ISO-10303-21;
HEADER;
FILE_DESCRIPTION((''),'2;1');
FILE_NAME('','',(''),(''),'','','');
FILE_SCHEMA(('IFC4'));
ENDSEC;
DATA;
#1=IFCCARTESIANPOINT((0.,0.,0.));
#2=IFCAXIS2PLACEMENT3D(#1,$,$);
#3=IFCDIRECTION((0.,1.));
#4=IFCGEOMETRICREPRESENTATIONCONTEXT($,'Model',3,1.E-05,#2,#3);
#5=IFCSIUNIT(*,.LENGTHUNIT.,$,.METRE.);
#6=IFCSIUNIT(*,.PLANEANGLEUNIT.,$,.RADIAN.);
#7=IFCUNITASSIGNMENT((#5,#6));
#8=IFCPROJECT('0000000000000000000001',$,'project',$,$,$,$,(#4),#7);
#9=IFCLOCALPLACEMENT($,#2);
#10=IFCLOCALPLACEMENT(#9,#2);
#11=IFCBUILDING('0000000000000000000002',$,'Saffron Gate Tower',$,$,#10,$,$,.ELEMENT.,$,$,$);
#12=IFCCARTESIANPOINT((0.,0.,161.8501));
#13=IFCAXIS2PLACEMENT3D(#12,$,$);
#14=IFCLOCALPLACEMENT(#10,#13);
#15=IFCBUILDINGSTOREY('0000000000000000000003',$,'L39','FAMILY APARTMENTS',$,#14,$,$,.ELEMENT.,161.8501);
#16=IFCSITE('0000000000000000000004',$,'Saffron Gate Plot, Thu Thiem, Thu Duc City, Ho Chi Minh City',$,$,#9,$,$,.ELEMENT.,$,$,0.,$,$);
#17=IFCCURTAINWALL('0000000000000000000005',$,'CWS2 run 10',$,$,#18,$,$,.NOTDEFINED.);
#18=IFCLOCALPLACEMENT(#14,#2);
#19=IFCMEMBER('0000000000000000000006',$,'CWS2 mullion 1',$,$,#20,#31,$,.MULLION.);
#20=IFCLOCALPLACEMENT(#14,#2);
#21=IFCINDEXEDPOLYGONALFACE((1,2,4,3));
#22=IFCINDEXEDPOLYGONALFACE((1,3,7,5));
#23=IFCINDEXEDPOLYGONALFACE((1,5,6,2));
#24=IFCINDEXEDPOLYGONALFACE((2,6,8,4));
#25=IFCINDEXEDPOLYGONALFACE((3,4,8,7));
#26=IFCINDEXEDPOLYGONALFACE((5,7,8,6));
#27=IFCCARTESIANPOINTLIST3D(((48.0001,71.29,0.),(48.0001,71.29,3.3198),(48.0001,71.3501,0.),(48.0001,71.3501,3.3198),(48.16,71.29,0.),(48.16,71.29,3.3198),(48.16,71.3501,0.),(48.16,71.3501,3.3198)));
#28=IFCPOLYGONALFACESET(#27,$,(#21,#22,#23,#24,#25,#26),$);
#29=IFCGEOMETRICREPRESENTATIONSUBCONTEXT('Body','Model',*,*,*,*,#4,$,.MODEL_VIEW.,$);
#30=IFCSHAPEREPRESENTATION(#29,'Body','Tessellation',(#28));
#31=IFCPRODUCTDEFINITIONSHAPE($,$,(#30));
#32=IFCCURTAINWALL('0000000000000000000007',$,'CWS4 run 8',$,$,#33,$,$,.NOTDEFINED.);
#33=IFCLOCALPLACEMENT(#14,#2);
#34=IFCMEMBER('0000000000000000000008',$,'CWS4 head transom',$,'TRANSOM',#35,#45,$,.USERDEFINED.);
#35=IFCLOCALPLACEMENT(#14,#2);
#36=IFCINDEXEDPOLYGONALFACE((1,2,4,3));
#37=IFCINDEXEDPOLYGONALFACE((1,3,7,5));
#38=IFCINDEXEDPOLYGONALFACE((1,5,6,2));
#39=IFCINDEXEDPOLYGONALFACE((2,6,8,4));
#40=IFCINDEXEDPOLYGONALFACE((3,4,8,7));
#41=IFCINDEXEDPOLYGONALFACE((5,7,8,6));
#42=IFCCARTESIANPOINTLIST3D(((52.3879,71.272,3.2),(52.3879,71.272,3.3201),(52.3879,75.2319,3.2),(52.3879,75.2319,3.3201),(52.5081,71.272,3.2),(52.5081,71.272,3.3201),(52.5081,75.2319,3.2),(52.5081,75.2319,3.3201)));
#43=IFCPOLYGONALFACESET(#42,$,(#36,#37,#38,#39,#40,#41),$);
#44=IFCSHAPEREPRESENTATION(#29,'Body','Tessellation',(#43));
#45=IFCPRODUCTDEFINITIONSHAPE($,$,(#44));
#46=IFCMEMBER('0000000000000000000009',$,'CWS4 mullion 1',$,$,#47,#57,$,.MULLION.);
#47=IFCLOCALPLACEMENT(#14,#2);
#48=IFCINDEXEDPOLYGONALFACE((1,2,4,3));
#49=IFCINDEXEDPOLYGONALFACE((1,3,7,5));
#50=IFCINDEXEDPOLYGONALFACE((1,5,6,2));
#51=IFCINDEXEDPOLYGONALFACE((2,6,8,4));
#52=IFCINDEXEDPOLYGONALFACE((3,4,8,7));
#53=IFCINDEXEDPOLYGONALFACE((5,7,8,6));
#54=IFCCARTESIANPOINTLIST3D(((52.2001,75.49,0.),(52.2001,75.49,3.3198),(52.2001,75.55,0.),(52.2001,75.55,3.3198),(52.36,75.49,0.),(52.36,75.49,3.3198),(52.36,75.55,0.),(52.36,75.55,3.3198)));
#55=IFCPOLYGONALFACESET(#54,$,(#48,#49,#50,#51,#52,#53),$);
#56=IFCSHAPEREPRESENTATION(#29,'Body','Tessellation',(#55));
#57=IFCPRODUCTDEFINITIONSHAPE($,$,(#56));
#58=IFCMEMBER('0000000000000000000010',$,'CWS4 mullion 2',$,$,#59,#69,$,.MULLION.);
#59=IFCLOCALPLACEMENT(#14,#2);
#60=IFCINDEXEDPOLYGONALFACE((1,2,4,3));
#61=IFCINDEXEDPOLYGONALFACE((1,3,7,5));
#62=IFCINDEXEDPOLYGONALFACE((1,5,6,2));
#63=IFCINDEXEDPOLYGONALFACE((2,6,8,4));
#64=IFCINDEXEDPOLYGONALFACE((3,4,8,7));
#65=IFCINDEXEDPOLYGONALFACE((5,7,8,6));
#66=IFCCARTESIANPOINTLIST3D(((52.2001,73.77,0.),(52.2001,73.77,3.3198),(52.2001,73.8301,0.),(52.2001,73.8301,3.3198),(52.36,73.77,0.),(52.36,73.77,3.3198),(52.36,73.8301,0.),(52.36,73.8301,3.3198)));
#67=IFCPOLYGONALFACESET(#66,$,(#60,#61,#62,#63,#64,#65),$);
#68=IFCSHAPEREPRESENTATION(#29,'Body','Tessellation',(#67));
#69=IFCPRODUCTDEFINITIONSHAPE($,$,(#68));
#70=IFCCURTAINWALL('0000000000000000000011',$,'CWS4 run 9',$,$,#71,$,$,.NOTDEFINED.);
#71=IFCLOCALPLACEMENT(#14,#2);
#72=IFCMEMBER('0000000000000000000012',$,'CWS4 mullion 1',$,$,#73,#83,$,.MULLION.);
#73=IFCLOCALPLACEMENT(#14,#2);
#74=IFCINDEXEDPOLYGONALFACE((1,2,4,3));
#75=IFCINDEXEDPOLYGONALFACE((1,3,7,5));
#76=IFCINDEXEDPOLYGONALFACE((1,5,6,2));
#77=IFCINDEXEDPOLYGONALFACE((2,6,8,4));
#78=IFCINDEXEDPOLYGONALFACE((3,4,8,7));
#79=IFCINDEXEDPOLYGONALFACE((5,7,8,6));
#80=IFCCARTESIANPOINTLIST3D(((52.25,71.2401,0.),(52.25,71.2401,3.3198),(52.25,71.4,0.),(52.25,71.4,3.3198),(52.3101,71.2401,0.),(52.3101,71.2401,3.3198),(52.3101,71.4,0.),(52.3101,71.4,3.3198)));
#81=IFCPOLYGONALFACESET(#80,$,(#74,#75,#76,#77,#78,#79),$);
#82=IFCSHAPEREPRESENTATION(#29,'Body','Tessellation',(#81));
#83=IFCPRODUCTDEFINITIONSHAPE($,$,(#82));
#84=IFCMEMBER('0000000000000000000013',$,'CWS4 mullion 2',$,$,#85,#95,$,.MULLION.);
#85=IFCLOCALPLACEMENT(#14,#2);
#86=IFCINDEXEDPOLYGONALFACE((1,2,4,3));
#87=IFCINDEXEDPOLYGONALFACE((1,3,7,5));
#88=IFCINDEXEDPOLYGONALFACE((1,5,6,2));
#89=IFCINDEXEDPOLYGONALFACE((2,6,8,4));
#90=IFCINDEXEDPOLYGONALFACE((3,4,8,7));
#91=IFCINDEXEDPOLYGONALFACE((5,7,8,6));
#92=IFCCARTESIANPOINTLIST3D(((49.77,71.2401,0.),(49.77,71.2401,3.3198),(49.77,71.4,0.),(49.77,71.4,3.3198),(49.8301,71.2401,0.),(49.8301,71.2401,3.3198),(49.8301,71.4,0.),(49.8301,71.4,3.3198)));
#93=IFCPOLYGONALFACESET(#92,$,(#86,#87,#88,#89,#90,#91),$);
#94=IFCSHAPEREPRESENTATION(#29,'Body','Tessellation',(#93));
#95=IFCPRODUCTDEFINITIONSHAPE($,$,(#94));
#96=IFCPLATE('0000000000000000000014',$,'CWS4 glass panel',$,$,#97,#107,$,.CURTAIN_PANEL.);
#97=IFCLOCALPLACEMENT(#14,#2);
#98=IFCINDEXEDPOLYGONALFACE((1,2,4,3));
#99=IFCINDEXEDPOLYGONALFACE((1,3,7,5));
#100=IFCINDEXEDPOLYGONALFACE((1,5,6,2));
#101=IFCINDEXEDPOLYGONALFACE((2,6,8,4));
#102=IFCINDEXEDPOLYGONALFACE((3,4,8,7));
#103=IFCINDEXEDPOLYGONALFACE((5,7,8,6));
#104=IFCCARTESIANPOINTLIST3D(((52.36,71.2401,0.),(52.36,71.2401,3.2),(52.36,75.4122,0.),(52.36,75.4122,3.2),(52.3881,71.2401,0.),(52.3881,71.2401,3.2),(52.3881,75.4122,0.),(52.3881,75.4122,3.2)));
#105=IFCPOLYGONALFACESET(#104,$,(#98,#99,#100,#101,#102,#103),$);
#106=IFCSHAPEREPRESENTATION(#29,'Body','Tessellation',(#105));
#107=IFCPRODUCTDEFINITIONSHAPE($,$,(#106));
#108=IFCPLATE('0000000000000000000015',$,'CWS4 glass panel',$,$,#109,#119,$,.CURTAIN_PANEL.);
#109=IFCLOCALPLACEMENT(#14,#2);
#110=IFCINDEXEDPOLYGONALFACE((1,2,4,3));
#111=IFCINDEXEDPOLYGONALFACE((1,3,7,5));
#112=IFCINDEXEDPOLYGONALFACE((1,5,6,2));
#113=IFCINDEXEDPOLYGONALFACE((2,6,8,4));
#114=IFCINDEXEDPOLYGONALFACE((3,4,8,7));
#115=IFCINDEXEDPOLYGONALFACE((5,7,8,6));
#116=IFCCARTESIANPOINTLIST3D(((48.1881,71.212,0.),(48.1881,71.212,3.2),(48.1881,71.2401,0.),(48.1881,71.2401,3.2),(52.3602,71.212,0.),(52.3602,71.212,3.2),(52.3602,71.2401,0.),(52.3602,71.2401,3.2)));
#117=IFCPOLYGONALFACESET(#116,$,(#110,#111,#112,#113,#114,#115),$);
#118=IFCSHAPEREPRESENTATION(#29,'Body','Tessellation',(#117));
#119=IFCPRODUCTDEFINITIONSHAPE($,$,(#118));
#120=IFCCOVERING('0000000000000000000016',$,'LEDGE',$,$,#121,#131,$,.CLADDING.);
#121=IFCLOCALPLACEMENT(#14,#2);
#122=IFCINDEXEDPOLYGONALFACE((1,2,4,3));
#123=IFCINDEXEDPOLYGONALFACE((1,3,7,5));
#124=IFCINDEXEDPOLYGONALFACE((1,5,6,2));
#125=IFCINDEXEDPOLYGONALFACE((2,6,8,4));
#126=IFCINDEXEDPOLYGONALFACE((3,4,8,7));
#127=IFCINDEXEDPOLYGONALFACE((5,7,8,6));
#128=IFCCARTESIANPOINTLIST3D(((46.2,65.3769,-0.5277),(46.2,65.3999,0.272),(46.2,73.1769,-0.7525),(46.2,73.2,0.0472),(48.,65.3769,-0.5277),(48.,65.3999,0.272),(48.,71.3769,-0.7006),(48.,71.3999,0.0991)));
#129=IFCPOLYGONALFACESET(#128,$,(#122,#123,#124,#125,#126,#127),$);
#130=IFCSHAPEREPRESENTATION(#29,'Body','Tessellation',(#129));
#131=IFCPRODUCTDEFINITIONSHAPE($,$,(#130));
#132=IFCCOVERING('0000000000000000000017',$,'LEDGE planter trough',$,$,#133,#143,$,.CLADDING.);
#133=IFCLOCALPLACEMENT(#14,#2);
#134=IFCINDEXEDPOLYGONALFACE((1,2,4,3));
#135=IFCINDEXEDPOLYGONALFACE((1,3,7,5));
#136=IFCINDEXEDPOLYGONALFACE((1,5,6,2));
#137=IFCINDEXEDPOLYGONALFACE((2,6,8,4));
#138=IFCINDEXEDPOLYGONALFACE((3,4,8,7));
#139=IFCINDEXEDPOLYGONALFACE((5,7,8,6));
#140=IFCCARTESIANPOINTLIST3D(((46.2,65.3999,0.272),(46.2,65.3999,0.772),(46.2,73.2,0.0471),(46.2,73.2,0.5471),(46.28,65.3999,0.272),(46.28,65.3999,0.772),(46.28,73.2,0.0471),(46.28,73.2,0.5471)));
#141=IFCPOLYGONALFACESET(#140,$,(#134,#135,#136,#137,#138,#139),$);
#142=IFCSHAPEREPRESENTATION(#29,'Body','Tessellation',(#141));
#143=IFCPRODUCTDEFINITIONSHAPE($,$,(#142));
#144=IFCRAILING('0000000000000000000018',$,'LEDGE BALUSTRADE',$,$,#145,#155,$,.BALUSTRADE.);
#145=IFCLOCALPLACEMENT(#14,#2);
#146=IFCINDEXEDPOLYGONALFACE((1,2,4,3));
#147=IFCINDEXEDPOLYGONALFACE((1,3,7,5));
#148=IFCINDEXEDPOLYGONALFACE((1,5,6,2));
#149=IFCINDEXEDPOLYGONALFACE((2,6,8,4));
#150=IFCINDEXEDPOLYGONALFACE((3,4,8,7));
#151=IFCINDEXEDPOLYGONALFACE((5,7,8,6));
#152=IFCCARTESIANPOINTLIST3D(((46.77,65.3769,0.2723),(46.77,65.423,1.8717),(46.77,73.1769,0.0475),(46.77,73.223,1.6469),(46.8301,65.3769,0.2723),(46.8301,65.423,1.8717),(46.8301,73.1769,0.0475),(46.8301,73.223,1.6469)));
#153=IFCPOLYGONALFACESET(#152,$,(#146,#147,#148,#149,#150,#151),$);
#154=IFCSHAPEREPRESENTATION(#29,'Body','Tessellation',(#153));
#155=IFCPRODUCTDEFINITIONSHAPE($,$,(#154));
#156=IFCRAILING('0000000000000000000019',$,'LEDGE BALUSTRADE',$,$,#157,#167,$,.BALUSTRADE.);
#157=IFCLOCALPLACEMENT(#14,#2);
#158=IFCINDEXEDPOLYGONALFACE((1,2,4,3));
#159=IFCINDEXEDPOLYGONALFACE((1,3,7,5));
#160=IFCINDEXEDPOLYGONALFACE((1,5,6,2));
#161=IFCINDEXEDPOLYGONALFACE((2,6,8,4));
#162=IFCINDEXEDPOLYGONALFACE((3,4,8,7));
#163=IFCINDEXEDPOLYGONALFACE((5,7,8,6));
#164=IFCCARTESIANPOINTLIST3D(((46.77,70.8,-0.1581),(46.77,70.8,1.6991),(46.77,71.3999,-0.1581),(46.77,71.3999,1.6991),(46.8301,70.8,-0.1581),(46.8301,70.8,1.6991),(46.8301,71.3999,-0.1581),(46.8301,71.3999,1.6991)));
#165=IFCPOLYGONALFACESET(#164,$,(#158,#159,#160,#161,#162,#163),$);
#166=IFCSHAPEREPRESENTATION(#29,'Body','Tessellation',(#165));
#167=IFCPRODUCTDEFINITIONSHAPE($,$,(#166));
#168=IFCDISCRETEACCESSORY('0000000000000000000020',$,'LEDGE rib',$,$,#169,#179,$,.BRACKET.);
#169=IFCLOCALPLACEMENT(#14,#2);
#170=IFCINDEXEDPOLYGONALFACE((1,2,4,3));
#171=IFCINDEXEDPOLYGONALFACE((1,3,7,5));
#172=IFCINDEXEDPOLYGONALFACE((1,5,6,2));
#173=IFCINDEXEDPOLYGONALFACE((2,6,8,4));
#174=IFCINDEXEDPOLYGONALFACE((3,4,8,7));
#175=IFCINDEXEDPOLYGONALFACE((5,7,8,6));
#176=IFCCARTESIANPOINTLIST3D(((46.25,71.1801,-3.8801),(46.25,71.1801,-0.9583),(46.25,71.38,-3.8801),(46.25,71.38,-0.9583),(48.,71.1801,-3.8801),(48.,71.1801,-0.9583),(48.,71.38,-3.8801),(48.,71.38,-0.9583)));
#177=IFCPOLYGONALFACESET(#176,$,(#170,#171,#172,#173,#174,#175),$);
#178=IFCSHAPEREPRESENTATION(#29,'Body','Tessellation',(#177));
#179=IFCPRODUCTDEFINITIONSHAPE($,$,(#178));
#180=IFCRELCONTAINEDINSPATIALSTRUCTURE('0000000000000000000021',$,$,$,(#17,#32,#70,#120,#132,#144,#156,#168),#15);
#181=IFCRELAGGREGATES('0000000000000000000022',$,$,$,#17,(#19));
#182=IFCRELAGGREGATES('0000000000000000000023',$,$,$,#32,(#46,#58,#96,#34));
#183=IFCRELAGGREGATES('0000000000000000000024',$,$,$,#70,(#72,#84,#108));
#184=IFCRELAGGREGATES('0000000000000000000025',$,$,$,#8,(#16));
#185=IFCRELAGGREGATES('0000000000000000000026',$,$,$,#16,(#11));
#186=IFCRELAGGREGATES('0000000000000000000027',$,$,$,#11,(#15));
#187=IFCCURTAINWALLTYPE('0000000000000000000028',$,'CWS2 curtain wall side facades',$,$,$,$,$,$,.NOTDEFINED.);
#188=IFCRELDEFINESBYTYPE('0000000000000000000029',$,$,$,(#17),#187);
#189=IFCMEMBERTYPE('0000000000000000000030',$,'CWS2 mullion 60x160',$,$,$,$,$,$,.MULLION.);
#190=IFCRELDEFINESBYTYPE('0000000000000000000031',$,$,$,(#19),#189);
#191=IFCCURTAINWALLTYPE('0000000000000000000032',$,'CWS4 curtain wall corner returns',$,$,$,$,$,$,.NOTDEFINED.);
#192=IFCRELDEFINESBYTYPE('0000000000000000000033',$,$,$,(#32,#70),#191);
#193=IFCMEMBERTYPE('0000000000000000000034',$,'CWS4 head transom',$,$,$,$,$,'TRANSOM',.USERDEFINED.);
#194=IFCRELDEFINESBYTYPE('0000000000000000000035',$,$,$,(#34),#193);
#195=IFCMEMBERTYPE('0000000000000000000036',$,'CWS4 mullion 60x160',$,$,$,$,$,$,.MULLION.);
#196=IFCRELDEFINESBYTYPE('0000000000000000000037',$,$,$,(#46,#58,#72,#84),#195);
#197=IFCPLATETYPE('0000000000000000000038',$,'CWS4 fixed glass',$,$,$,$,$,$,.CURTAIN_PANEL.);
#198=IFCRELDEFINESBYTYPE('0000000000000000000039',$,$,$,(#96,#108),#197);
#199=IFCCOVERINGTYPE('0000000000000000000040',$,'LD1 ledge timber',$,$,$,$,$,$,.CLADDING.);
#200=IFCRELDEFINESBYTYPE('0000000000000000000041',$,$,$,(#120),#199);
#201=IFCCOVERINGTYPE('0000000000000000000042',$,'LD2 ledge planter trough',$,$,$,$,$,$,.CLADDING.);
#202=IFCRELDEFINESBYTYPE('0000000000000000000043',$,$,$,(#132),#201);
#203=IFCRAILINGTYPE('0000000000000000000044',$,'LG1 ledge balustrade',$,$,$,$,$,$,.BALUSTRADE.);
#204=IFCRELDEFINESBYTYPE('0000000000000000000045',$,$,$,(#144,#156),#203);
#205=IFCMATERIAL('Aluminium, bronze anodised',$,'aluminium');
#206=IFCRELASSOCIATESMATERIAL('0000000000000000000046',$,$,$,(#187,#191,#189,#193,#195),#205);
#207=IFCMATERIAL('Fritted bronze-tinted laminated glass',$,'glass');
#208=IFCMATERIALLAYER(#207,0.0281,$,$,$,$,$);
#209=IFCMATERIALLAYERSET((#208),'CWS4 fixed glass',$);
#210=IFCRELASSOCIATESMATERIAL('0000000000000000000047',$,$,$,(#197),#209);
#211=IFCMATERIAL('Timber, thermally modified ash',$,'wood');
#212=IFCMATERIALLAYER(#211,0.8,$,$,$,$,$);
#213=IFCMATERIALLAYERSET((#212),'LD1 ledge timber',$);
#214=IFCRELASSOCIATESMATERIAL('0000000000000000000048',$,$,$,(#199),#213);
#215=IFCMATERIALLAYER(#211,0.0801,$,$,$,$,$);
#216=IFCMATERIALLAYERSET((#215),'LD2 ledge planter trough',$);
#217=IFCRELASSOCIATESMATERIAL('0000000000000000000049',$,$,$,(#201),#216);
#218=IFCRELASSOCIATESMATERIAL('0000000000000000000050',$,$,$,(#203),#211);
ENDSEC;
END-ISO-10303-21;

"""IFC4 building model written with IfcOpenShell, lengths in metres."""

from ifc_helpers import new_model, si_unit, direction, frame, frame_2d, origin, origin_2d, place, context, subcontext, project, spatial, polyline, rectangle, outline, extrude, material, layer, layer_set, material_profile, profile_set, type_object, element, aggregate, save


model = new_model("IFC4")

# Units and contexts
model_context = context("Model", 3, precision=1e-05, world=origin(), true_north=direction((0.0, 1.0)))
body_context = subcontext(model_context, "Body", "Model", "MODEL_VIEW")
ifc_project = project(units=[si_unit("LENGTHUNIT", "METRE"), si_unit("PLANEANGLEUNIT", "RADIAN")], contexts=[model_context])

# Site, building, storey
site_placement = place(None, origin())
site = spatial("IfcSite", under=ifc_project, at=site_placement, Name="Saffron Gate Plot, Thu Thiem, Thu Duc City, Ho Chi Minh City", CompositionType="ELEMENT", RefElevation=0.0)
building_placement = place(site_placement, origin())
building = spatial("IfcBuilding", under=site, at=building_placement, Name="Saffron Gate Tower", CompositionType="ELEMENT")
storey_placement = place(building_placement, frame((0.0, 0.0, 161.8501)))
storey = spatial("IfcBuildingStorey", under=building, at=storey_placement, Name="L39", Description="FAMILY APARTMENTS", CompositionType="ELEMENT", Elevation=161.8501)

# Curtain wall, member
ifc_material_1 = material(Name="Aluminium, bronze anodised", Category="aluminium")
curtain_wall_type_1 = type_object("IfcCurtainWallType", Name="CWS2 curtain wall side facades", PredefinedType="NOTDEFINED", material=ifc_material_1)
curtain_wall_1_placement = place(storey_placement, origin())
curtain_wall_1 = element("IfcCurtainWall", 1, at=curtain_wall_1_placement, inside=storey, type_object=curtain_wall_type_1, Name="CWS2 run 10", PredefinedType="NOTDEFINED")
ifc_material_profile_1 = material_profile(ifc_material_1, rectangle(XDim=0.1599, YDim=0.0601, at=origin_2d()))
ifc_profile_set_1 = profile_set([ifc_material_profile_1], Name="Aluminium, bronze anodised")
member_type_1 = type_object("IfcMemberType", Name="CWS2 mullion 60x160", PredefinedType="MULLION", material=ifc_profile_set_1)
member_1_placement = place(storey_placement, frame((48.0801, 71.3201, 0.0), z_axis=(0.0, 0.0, 1.0), x_axis=(1.0, 0.0, 0.0)))
member_1 = element("IfcMember", 2, at=member_1_placement, type_object=member_type_1, Name="CWS2 mullion 1", PredefinedType="MULLION", context=body_context, shape_type="SweptSolid", body=[
    extrude(rectangle(XDim=0.1599, YDim=0.0601, at=origin_2d()), origin(), (0.0, 0.0, 1.0), 3.3198),
])
aggregate(curtain_wall_1, [member_1])

# Curtain walls, members
curtain_wall_type_2 = type_object("IfcCurtainWallType", Name="CWS4 curtain wall corner returns", PredefinedType="NOTDEFINED", material=ifc_material_1)
curtain_wall_2_placement = place(storey_placement, origin())
curtain_wall_2 = element("IfcCurtainWall", 3, at=curtain_wall_2_placement, inside=storey, type_object=curtain_wall_type_2, Name="CWS4 run 8", PredefinedType="NOTDEFINED")
ifc_material_profile_2 = material_profile(ifc_material_1, rectangle(XDim=0.1201, YDim=0.1201, at=origin_2d()))
ifc_profile_set_2 = profile_set([ifc_material_profile_2], Name="Aluminium, bronze anodised")
member_type_2 = type_object("IfcMemberType", Name="CWS4 head transom", ElementType="TRANSOM", PredefinedType="USERDEFINED", material=ifc_profile_set_2)
member_2_placement = place(storey_placement, frame((52.448, 75.2319, 3.26), z_axis=(0.0, -1.0, 0.0), x_axis=(1.0, 0.0, 0.0)))
member_2 = element("IfcMember", 4, at=member_2_placement, type_object=member_type_2, Name="CWS4 head transom", ObjectType="TRANSOM", PredefinedType="USERDEFINED", context=body_context, shape_type="SweptSolid", body=[
    extrude(rectangle(XDim=0.1201, YDim=0.1201, at=origin_2d()), origin(), (0.0, 0.0, 1.0), 3.96),
])
ifc_material_profile_3 = material_profile(ifc_material_1, rectangle(XDim=0.1599, YDim=0.0601, at=origin_2d()))
ifc_profile_set_3 = profile_set([ifc_material_profile_3], Name="Aluminium, bronze anodised")
member_type_3 = type_object("IfcMemberType", Name="CWS4 mullion 60x160", PredefinedType="MULLION", material=ifc_profile_set_3)
member_3_placement = place(storey_placement, frame((52.28, 75.52, 0.0), z_axis=(0.0, 0.0, 1.0), x_axis=(1.0, 0.0, 0.0)))
member_3 = element("IfcMember", 5, at=member_3_placement, type_object=member_type_3, Name="CWS4 mullion 1", PredefinedType="MULLION", context=body_context, shape_type="SweptSolid", body=[
    extrude(rectangle(XDim=0.1599, YDim=0.0601, at=origin_2d()), origin(), (0.0, 0.0, 1.0), 3.3198),
])
member_4_placement = place(storey_placement, frame((52.28, 73.8, 0.0), z_axis=(0.0, 0.0, 1.0), x_axis=(1.0, 0.0, 0.0)))
member_4 = element("IfcMember", 6, at=member_4_placement, type_object=member_type_3, Name="CWS4 mullion 2", PredefinedType="MULLION", context=body_context, shape_type="SweptSolid", body=[
    extrude(rectangle(XDim=0.1599, YDim=0.0601, at=origin_2d()), origin(), (0.0, 0.0, 1.0), 3.3198),
])
curtain_wall_3_placement = place(storey_placement, origin())
curtain_wall_3 = element("IfcCurtainWall", 7, at=curtain_wall_3_placement, inside=storey, type_object=curtain_wall_type_2, Name="CWS4 run 9", PredefinedType="NOTDEFINED")
member_5_placement = place(storey_placement, frame((52.28, 71.3201, 0.0), z_axis=(0.0, 0.0, 1.0), x_axis=(0.0, -1.0, 0.0)))
member_5 = element("IfcMember", 8, at=member_5_placement, type_object=member_type_3, Name="CWS4 mullion 1", PredefinedType="MULLION", context=body_context, shape_type="SweptSolid", body=[
    extrude(rectangle(XDim=0.1599, YDim=0.0601, at=origin_2d()), origin(), (0.0, 0.0, 1.0), 3.3198),
])
member_6_placement = place(storey_placement, frame((49.8, 71.3201, 0.0), z_axis=(0.0, 0.0, 1.0), x_axis=(0.0, -1.0, 0.0)))
member_6 = element("IfcMember", 9, at=member_6_placement, type_object=member_type_3, Name="CWS4 mullion 2", PredefinedType="MULLION", context=body_context, shape_type="SweptSolid", body=[
    extrude(rectangle(XDim=0.1599, YDim=0.0601, at=origin_2d()), origin(), (0.0, 0.0, 1.0), 3.3198),
])

# Plates
ifc_material_2 = material(Name="Fritted bronze-tinted laminated glass", Category="glass")
ifc_layer_1 = layer(ifc_material_2, 0.0281)
ifc_layer_set_1 = layer_set([ifc_layer_1], Name="CWS4 fixed glass")
plate_type = type_object("IfcPlateType", Name="CWS4 fixed glass", PredefinedType="CURTAIN_PANEL", material=ifc_layer_set_1)
plate_1_placement = place(storey_placement, frame((52.374, 75.4121, 0.0), z_axis=(0.0, 0.0, 1.0), x_axis=(0.0, -1.0, 0.0)))
plate_1 = element("IfcPlate", 10, at=plate_1_placement, type_object=plate_type, Name="CWS4 glass panel", PredefinedType="CURTAIN_PANEL", context=body_context, shape_type="SweptSolid", body=[
    extrude(rectangle(XDim=4.1721, YDim=0.0281, at=frame_2d((2.0859, 0.0))), origin(), (0.0, 0.0, 1.0), 3.2),
])
aggregate(curtain_wall_2, [member_3, member_4, plate_1, member_2])
plate_2_placement = place(storey_placement, frame((52.3601, 71.2261, 0.0), z_axis=(0.0, 0.0, 1.0), x_axis=(-1.0, 0.0, 0.0)))
plate_2 = element("IfcPlate", 11, at=plate_2_placement, type_object=plate_type, Name="CWS4 glass panel", PredefinedType="CURTAIN_PANEL", context=body_context, shape_type="SweptSolid", body=[
    extrude(rectangle(XDim=4.1721, YDim=0.0281, at=frame_2d((2.0859, 0.0))), origin(), (0.0, 0.0, 1.0), 3.2),
])
aggregate(curtain_wall_3, [member_5, member_6, plate_2])

# Coverings
ifc_material_3 = material(Name="Timber, thermally modified ash", Category="wood")
ifc_layer_2 = layer(ifc_material_3, 0.8)
ifc_layer_set_2 = layer_set([ifc_layer_2], Name="LD1 ledge timber")
covering_type_1 = type_object("IfcCoveringType", Name="LD1 ledge timber", PredefinedType="CLADDING", material=ifc_layer_set_2)
covering_1_placement = place(storey_placement, frame((48.0, 71.3999, 0.0991), z_axis=(-0.000035, 0.028807, 0.999585), x_axis=(0.0, -0.999585, 0.028807)))
element("IfcCovering", 12, at=covering_1_placement, inside=storey, type_object=covering_type_1, Name="LEDGE", PredefinedType="CLADDING", context=body_context, shape_type="SweptSolid", body=[
    extrude(outline(polyline([(0.0, 0.0), (6.0025, 0.0), (6.0025, -1.8), (-1.8008, -1.8), (0.0, 0.0)])), origin(), (0.0, 0.0, -1.0), 0.8),
])
ifc_layer_3 = layer(ifc_material_3, 0.0801)
ifc_layer_set_3 = layer_set([ifc_layer_3], Name="LD2 ledge planter trough")
covering_type_2 = type_object("IfcCoveringType", Name="LD2 ledge planter trough", PredefinedType="CLADDING", material=ifc_layer_set_3)
covering_2_placement = place(storey_placement, frame((46.2, 73.2, 0.0471), z_axis=(-1.0, 0.0, 0.0), x_axis=(0.0, -0.999585, 0.028815)))
element("IfcCovering", 13, at=covering_2_placement, inside=storey, type_object=covering_type_2, Name="LEDGE planter trough", PredefinedType="CLADDING", context=body_context, shape_type="SweptSolid", body=[
    extrude(outline(polyline([(0.0, 0.0), (7.8033, 0.0), (7.8177, 0.4998), (0.0144, 0.4998), (0.0, 0.0)])), origin(), (0.0, 0.0, -1.0), 0.0801),
])

# Railings
railing_type = type_object("IfcRailingType", Name="LG1 ledge balustrade", PredefinedType="BALUSTRADE", material=ifc_material_3)
railing_1_placement = place(storey_placement, frame((46.8, 73.2, 0.0471)))
element("IfcRailing", 14, at=railing_1_placement, inside=storey, type_object=railing_type, Name="LEDGE BALUSTRADE", PredefinedType="BALUSTRADE", context=body_context, shape_type="SweptSolid", body=[
    extrude(rectangle(XDim=0.0601, YDim=1.6001, at=origin_2d()), frame((0.0, 0.0, 0.8), z_axis=(0.0, -0.999585, 0.028815), x_axis=(1.0, 0.0, 0.0)), (0.0, 0.0, 1.0), 7.8032),
])
railing_2_placement = place(storey_placement, frame((46.8, 71.3999, -0.1582)))
element("IfcRailing", 15, at=railing_2_placement, inside=storey, type_object=railing_type, Name="LEDGE BALUSTRADE", PredefinedType="BALUSTRADE", context=body_context, shape_type="SweptSolid", body=[
    extrude(rectangle(XDim=0.0601, YDim=1.8572, at=origin_2d()), frame((0.0, 0.0, 0.9287), z_axis=(0.0, -1.0, 0.0), x_axis=(1.0, 0.0, 0.0)), (0.0, 0.0, 1.0), 0.5999),
])

# Discrete accessory
discrete_accessory_placement = place(storey_placement, frame((47.125, 71.28, -3.8801), z_axis=(0.0, 0.0, 1.0), x_axis=(0.0, -1.0, 0.0)))
element("IfcDiscreteAccessory", 16, at=discrete_accessory_placement, inside=storey, Name="LEDGE rib", PredefinedType="BRACKET", context=body_context, shape_type="SweptSolid", body=[
    extrude(rectangle(XDim=0.2, YDim=1.75, at=origin_2d()), origin(), (0.0, 0.0, 1.0), 2.9219),
])

save(model, "model.ifc")
